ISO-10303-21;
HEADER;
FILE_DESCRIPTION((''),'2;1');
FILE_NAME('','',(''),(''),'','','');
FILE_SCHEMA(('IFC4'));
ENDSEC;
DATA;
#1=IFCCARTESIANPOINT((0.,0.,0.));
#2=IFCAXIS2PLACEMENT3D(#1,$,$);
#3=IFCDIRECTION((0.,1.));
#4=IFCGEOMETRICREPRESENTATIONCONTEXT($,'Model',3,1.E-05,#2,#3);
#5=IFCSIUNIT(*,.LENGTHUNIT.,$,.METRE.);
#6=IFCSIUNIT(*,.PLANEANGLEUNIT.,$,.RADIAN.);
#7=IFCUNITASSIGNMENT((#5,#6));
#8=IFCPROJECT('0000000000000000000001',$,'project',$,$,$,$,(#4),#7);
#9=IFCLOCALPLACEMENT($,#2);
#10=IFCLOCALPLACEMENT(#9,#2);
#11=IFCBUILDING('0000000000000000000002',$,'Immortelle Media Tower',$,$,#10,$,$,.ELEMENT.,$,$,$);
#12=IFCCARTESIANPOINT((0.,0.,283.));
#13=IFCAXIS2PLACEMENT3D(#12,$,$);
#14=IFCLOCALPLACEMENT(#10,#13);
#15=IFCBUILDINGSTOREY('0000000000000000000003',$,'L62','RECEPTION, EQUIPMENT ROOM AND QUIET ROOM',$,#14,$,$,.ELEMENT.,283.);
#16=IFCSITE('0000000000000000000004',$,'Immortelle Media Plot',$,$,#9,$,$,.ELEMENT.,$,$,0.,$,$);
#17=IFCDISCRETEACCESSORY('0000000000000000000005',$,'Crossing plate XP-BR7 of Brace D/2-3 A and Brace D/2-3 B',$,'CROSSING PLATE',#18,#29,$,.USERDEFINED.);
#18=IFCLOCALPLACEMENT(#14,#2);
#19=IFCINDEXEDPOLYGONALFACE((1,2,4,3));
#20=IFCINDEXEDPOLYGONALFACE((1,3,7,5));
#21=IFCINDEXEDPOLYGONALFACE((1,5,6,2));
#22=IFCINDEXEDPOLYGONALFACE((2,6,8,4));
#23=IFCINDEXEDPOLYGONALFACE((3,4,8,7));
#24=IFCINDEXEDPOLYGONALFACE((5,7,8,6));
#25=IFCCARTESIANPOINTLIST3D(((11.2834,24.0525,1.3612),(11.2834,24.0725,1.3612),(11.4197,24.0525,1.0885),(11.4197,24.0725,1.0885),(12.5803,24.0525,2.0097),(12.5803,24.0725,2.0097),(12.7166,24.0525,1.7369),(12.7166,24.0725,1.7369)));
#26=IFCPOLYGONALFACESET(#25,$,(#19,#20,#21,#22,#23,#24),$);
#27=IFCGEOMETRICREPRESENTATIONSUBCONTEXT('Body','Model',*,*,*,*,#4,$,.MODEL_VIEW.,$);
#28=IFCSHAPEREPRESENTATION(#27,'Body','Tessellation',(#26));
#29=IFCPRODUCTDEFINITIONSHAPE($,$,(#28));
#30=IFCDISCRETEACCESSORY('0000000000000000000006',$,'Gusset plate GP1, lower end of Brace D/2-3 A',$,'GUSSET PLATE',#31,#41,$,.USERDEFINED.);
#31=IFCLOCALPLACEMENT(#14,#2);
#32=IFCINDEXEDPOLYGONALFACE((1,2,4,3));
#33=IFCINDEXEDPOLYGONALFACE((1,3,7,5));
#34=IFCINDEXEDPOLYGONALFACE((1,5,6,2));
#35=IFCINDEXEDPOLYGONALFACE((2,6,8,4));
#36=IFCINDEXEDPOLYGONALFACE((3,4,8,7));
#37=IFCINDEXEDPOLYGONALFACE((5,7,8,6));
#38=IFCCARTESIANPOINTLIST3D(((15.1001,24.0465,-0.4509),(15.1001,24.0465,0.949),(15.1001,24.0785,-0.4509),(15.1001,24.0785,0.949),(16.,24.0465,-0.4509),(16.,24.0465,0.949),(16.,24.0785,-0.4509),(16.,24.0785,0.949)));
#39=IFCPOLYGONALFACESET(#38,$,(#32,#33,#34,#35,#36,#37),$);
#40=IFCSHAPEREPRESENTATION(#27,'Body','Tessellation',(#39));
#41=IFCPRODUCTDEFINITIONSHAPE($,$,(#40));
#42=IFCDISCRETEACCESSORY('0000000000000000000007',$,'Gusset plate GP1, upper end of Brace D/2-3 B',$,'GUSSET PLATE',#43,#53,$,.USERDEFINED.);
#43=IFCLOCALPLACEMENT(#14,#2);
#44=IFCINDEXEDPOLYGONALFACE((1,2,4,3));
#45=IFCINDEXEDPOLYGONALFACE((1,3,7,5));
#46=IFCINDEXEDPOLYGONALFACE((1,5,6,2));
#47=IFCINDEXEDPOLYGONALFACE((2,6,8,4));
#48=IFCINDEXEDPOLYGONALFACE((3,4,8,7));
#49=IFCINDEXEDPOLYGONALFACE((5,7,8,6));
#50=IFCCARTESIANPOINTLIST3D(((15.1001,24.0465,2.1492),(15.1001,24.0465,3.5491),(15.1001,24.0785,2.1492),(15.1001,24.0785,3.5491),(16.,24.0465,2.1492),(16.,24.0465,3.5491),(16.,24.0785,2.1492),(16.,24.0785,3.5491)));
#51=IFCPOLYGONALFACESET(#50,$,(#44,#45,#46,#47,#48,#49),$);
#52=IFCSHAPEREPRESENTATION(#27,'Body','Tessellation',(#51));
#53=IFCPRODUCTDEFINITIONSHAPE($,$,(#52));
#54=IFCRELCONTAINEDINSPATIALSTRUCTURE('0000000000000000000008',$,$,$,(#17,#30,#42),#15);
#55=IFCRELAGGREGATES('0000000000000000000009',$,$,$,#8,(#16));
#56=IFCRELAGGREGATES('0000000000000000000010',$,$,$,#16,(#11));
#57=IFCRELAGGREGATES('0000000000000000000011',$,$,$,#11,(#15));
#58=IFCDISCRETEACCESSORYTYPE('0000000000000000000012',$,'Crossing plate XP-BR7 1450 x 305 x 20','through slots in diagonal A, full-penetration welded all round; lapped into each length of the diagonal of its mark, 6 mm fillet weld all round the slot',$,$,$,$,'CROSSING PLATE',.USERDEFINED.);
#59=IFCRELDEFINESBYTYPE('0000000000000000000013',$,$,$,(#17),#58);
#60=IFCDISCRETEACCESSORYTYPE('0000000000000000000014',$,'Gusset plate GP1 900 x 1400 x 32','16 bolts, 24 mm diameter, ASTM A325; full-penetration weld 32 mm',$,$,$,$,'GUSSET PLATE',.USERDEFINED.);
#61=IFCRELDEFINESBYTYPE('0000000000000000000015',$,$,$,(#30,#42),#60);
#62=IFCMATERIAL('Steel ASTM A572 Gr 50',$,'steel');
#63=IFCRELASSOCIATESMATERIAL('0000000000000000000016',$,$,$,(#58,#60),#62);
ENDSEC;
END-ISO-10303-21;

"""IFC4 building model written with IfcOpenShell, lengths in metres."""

from ifc_helpers import new_model, si_unit, direction, frame, origin, origin_2d, place, context, subcontext, project, spatial, rectangle, extrude, material, material_profile, profile_set, type_object, element, save


model = new_model("IFC4")

# Units and contexts
model_context = context("Model", 3, precision=1e-05, world=origin(), true_north=direction((0.0, 1.0)))
body_context = subcontext(model_context, "Body", "Model", "MODEL_VIEW")
ifc_project = project(units=[si_unit("LENGTHUNIT", "METRE"), si_unit("PLANEANGLEUNIT", "RADIAN")], contexts=[model_context])

# Site, building, storey
site_placement = place(None, origin())
site = spatial("IfcSite", under=ifc_project, at=site_placement, Name="Immortelle Media Plot", CompositionType="ELEMENT", RefElevation=0.0)
building_placement = place(site_placement, origin())
building = spatial("IfcBuilding", under=site, at=building_placement, Name="Immortelle Media Tower", CompositionType="ELEMENT")
storey_placement = place(building_placement, frame((0.0, 0.0, 283.0)))
storey = spatial("IfcBuildingStorey", under=building, at=storey_placement, Name="L62", Description="RECEPTION, EQUIPMENT ROOM AND QUIET ROOM", CompositionType="ELEMENT", Elevation=283.0)

# Discrete accessories
ifc_material_1 = material(Name="Steel ASTM A572 Gr 50", Category="steel")
ifc_material_profile_1 = material_profile(ifc_material_1, rectangle(XDim=0.02, YDim=0.3049, at=origin_2d()), Name="PL 20 x 305")
ifc_profile_set_1 = profile_set([ifc_material_profile_1], Name="Steel ASTM A572 Gr 50")
discrete_accessory_type_1 = type_object("IfcDiscreteAccessoryType", Name="Crossing plate XP-BR7 1450 x 305 x 20", Description="through slots in diagonal A, full-penetration welded all round; lapped into each length of the diagonal of its mark, 6 mm fillet weld all round the slot", ElementType="CROSSING PLATE", PredefinedType="USERDEFINED", material=ifc_profile_set_1)
discrete_accessory_placement = place(storey_placement, frame((12.6484, 24.0625, 1.8733), z_axis=(-0.894427, 0.0, -0.447214), x_axis=(0.0, -1.0, 0.0)))
element("IfcDiscreteAccessory", 1, at=discrete_accessory_placement, inside=storey, type_object=discrete_accessory_type_1, Name="Crossing plate XP-BR7 of Brace D/2-3 A and Brace D/2-3 B", ObjectType="CROSSING PLATE", PredefinedType="USERDEFINED", context=body_context, shape_type="SweptSolid", body=[
    extrude(rectangle(XDim=0.02, YDim=0.3049, at=origin_2d()), origin(), (0.0, 0.0, 1.0), 1.45),
])
ifc_material_profile_2 = material_profile(ifc_material_1, rectangle(XDim=0.032, YDim=1.3999, at=origin_2d()), Name="PL 32 x 1400")
ifc_profile_set_2 = profile_set([ifc_material_profile_2], Name="Steel ASTM A572 Gr 50")
discrete_accessory_type_2 = type_object("IfcDiscreteAccessoryType", Name="Gusset plate GP1 900 x 1400 x 32", Description="16 bolts, 24 mm diameter, ASTM A325; full-penetration weld 32 mm", ElementType="GUSSET PLATE", PredefinedType="USERDEFINED", material=ifc_profile_set_2)
for number, where, z_axis, x_axis, name in (
    (2, (16.0, 24.0625, 0.249), (-1.0, 0.0, 0.0), (0.0, -1.0, 0.0), "Gusset plate GP1, lower end of Brace D/2-3 A"),
    (3, (16.0, 24.0625, 2.8491), (-1.0, 0.0, 0.0), (0.0, -1.0, 0.0), "Gusset plate GP1, upper end of Brace D/2-3 B"),
):
    element("IfcDiscreteAccessory", number, at=place(storey_placement, frame(where, z_axis=z_axis, x_axis=x_axis)), inside=storey, type_object=discrete_accessory_type_2, Name=name, ObjectType="GUSSET PLATE", PredefinedType="USERDEFINED", context=body_context, shape_type="SweptSolid", body=[
        extrude(rectangle(XDim=0.032, YDim=1.3999, at=origin_2d()), origin(), (0.0, 0.0, 1.0), 0.8999),
    ])

save(model, "model.ifc")
